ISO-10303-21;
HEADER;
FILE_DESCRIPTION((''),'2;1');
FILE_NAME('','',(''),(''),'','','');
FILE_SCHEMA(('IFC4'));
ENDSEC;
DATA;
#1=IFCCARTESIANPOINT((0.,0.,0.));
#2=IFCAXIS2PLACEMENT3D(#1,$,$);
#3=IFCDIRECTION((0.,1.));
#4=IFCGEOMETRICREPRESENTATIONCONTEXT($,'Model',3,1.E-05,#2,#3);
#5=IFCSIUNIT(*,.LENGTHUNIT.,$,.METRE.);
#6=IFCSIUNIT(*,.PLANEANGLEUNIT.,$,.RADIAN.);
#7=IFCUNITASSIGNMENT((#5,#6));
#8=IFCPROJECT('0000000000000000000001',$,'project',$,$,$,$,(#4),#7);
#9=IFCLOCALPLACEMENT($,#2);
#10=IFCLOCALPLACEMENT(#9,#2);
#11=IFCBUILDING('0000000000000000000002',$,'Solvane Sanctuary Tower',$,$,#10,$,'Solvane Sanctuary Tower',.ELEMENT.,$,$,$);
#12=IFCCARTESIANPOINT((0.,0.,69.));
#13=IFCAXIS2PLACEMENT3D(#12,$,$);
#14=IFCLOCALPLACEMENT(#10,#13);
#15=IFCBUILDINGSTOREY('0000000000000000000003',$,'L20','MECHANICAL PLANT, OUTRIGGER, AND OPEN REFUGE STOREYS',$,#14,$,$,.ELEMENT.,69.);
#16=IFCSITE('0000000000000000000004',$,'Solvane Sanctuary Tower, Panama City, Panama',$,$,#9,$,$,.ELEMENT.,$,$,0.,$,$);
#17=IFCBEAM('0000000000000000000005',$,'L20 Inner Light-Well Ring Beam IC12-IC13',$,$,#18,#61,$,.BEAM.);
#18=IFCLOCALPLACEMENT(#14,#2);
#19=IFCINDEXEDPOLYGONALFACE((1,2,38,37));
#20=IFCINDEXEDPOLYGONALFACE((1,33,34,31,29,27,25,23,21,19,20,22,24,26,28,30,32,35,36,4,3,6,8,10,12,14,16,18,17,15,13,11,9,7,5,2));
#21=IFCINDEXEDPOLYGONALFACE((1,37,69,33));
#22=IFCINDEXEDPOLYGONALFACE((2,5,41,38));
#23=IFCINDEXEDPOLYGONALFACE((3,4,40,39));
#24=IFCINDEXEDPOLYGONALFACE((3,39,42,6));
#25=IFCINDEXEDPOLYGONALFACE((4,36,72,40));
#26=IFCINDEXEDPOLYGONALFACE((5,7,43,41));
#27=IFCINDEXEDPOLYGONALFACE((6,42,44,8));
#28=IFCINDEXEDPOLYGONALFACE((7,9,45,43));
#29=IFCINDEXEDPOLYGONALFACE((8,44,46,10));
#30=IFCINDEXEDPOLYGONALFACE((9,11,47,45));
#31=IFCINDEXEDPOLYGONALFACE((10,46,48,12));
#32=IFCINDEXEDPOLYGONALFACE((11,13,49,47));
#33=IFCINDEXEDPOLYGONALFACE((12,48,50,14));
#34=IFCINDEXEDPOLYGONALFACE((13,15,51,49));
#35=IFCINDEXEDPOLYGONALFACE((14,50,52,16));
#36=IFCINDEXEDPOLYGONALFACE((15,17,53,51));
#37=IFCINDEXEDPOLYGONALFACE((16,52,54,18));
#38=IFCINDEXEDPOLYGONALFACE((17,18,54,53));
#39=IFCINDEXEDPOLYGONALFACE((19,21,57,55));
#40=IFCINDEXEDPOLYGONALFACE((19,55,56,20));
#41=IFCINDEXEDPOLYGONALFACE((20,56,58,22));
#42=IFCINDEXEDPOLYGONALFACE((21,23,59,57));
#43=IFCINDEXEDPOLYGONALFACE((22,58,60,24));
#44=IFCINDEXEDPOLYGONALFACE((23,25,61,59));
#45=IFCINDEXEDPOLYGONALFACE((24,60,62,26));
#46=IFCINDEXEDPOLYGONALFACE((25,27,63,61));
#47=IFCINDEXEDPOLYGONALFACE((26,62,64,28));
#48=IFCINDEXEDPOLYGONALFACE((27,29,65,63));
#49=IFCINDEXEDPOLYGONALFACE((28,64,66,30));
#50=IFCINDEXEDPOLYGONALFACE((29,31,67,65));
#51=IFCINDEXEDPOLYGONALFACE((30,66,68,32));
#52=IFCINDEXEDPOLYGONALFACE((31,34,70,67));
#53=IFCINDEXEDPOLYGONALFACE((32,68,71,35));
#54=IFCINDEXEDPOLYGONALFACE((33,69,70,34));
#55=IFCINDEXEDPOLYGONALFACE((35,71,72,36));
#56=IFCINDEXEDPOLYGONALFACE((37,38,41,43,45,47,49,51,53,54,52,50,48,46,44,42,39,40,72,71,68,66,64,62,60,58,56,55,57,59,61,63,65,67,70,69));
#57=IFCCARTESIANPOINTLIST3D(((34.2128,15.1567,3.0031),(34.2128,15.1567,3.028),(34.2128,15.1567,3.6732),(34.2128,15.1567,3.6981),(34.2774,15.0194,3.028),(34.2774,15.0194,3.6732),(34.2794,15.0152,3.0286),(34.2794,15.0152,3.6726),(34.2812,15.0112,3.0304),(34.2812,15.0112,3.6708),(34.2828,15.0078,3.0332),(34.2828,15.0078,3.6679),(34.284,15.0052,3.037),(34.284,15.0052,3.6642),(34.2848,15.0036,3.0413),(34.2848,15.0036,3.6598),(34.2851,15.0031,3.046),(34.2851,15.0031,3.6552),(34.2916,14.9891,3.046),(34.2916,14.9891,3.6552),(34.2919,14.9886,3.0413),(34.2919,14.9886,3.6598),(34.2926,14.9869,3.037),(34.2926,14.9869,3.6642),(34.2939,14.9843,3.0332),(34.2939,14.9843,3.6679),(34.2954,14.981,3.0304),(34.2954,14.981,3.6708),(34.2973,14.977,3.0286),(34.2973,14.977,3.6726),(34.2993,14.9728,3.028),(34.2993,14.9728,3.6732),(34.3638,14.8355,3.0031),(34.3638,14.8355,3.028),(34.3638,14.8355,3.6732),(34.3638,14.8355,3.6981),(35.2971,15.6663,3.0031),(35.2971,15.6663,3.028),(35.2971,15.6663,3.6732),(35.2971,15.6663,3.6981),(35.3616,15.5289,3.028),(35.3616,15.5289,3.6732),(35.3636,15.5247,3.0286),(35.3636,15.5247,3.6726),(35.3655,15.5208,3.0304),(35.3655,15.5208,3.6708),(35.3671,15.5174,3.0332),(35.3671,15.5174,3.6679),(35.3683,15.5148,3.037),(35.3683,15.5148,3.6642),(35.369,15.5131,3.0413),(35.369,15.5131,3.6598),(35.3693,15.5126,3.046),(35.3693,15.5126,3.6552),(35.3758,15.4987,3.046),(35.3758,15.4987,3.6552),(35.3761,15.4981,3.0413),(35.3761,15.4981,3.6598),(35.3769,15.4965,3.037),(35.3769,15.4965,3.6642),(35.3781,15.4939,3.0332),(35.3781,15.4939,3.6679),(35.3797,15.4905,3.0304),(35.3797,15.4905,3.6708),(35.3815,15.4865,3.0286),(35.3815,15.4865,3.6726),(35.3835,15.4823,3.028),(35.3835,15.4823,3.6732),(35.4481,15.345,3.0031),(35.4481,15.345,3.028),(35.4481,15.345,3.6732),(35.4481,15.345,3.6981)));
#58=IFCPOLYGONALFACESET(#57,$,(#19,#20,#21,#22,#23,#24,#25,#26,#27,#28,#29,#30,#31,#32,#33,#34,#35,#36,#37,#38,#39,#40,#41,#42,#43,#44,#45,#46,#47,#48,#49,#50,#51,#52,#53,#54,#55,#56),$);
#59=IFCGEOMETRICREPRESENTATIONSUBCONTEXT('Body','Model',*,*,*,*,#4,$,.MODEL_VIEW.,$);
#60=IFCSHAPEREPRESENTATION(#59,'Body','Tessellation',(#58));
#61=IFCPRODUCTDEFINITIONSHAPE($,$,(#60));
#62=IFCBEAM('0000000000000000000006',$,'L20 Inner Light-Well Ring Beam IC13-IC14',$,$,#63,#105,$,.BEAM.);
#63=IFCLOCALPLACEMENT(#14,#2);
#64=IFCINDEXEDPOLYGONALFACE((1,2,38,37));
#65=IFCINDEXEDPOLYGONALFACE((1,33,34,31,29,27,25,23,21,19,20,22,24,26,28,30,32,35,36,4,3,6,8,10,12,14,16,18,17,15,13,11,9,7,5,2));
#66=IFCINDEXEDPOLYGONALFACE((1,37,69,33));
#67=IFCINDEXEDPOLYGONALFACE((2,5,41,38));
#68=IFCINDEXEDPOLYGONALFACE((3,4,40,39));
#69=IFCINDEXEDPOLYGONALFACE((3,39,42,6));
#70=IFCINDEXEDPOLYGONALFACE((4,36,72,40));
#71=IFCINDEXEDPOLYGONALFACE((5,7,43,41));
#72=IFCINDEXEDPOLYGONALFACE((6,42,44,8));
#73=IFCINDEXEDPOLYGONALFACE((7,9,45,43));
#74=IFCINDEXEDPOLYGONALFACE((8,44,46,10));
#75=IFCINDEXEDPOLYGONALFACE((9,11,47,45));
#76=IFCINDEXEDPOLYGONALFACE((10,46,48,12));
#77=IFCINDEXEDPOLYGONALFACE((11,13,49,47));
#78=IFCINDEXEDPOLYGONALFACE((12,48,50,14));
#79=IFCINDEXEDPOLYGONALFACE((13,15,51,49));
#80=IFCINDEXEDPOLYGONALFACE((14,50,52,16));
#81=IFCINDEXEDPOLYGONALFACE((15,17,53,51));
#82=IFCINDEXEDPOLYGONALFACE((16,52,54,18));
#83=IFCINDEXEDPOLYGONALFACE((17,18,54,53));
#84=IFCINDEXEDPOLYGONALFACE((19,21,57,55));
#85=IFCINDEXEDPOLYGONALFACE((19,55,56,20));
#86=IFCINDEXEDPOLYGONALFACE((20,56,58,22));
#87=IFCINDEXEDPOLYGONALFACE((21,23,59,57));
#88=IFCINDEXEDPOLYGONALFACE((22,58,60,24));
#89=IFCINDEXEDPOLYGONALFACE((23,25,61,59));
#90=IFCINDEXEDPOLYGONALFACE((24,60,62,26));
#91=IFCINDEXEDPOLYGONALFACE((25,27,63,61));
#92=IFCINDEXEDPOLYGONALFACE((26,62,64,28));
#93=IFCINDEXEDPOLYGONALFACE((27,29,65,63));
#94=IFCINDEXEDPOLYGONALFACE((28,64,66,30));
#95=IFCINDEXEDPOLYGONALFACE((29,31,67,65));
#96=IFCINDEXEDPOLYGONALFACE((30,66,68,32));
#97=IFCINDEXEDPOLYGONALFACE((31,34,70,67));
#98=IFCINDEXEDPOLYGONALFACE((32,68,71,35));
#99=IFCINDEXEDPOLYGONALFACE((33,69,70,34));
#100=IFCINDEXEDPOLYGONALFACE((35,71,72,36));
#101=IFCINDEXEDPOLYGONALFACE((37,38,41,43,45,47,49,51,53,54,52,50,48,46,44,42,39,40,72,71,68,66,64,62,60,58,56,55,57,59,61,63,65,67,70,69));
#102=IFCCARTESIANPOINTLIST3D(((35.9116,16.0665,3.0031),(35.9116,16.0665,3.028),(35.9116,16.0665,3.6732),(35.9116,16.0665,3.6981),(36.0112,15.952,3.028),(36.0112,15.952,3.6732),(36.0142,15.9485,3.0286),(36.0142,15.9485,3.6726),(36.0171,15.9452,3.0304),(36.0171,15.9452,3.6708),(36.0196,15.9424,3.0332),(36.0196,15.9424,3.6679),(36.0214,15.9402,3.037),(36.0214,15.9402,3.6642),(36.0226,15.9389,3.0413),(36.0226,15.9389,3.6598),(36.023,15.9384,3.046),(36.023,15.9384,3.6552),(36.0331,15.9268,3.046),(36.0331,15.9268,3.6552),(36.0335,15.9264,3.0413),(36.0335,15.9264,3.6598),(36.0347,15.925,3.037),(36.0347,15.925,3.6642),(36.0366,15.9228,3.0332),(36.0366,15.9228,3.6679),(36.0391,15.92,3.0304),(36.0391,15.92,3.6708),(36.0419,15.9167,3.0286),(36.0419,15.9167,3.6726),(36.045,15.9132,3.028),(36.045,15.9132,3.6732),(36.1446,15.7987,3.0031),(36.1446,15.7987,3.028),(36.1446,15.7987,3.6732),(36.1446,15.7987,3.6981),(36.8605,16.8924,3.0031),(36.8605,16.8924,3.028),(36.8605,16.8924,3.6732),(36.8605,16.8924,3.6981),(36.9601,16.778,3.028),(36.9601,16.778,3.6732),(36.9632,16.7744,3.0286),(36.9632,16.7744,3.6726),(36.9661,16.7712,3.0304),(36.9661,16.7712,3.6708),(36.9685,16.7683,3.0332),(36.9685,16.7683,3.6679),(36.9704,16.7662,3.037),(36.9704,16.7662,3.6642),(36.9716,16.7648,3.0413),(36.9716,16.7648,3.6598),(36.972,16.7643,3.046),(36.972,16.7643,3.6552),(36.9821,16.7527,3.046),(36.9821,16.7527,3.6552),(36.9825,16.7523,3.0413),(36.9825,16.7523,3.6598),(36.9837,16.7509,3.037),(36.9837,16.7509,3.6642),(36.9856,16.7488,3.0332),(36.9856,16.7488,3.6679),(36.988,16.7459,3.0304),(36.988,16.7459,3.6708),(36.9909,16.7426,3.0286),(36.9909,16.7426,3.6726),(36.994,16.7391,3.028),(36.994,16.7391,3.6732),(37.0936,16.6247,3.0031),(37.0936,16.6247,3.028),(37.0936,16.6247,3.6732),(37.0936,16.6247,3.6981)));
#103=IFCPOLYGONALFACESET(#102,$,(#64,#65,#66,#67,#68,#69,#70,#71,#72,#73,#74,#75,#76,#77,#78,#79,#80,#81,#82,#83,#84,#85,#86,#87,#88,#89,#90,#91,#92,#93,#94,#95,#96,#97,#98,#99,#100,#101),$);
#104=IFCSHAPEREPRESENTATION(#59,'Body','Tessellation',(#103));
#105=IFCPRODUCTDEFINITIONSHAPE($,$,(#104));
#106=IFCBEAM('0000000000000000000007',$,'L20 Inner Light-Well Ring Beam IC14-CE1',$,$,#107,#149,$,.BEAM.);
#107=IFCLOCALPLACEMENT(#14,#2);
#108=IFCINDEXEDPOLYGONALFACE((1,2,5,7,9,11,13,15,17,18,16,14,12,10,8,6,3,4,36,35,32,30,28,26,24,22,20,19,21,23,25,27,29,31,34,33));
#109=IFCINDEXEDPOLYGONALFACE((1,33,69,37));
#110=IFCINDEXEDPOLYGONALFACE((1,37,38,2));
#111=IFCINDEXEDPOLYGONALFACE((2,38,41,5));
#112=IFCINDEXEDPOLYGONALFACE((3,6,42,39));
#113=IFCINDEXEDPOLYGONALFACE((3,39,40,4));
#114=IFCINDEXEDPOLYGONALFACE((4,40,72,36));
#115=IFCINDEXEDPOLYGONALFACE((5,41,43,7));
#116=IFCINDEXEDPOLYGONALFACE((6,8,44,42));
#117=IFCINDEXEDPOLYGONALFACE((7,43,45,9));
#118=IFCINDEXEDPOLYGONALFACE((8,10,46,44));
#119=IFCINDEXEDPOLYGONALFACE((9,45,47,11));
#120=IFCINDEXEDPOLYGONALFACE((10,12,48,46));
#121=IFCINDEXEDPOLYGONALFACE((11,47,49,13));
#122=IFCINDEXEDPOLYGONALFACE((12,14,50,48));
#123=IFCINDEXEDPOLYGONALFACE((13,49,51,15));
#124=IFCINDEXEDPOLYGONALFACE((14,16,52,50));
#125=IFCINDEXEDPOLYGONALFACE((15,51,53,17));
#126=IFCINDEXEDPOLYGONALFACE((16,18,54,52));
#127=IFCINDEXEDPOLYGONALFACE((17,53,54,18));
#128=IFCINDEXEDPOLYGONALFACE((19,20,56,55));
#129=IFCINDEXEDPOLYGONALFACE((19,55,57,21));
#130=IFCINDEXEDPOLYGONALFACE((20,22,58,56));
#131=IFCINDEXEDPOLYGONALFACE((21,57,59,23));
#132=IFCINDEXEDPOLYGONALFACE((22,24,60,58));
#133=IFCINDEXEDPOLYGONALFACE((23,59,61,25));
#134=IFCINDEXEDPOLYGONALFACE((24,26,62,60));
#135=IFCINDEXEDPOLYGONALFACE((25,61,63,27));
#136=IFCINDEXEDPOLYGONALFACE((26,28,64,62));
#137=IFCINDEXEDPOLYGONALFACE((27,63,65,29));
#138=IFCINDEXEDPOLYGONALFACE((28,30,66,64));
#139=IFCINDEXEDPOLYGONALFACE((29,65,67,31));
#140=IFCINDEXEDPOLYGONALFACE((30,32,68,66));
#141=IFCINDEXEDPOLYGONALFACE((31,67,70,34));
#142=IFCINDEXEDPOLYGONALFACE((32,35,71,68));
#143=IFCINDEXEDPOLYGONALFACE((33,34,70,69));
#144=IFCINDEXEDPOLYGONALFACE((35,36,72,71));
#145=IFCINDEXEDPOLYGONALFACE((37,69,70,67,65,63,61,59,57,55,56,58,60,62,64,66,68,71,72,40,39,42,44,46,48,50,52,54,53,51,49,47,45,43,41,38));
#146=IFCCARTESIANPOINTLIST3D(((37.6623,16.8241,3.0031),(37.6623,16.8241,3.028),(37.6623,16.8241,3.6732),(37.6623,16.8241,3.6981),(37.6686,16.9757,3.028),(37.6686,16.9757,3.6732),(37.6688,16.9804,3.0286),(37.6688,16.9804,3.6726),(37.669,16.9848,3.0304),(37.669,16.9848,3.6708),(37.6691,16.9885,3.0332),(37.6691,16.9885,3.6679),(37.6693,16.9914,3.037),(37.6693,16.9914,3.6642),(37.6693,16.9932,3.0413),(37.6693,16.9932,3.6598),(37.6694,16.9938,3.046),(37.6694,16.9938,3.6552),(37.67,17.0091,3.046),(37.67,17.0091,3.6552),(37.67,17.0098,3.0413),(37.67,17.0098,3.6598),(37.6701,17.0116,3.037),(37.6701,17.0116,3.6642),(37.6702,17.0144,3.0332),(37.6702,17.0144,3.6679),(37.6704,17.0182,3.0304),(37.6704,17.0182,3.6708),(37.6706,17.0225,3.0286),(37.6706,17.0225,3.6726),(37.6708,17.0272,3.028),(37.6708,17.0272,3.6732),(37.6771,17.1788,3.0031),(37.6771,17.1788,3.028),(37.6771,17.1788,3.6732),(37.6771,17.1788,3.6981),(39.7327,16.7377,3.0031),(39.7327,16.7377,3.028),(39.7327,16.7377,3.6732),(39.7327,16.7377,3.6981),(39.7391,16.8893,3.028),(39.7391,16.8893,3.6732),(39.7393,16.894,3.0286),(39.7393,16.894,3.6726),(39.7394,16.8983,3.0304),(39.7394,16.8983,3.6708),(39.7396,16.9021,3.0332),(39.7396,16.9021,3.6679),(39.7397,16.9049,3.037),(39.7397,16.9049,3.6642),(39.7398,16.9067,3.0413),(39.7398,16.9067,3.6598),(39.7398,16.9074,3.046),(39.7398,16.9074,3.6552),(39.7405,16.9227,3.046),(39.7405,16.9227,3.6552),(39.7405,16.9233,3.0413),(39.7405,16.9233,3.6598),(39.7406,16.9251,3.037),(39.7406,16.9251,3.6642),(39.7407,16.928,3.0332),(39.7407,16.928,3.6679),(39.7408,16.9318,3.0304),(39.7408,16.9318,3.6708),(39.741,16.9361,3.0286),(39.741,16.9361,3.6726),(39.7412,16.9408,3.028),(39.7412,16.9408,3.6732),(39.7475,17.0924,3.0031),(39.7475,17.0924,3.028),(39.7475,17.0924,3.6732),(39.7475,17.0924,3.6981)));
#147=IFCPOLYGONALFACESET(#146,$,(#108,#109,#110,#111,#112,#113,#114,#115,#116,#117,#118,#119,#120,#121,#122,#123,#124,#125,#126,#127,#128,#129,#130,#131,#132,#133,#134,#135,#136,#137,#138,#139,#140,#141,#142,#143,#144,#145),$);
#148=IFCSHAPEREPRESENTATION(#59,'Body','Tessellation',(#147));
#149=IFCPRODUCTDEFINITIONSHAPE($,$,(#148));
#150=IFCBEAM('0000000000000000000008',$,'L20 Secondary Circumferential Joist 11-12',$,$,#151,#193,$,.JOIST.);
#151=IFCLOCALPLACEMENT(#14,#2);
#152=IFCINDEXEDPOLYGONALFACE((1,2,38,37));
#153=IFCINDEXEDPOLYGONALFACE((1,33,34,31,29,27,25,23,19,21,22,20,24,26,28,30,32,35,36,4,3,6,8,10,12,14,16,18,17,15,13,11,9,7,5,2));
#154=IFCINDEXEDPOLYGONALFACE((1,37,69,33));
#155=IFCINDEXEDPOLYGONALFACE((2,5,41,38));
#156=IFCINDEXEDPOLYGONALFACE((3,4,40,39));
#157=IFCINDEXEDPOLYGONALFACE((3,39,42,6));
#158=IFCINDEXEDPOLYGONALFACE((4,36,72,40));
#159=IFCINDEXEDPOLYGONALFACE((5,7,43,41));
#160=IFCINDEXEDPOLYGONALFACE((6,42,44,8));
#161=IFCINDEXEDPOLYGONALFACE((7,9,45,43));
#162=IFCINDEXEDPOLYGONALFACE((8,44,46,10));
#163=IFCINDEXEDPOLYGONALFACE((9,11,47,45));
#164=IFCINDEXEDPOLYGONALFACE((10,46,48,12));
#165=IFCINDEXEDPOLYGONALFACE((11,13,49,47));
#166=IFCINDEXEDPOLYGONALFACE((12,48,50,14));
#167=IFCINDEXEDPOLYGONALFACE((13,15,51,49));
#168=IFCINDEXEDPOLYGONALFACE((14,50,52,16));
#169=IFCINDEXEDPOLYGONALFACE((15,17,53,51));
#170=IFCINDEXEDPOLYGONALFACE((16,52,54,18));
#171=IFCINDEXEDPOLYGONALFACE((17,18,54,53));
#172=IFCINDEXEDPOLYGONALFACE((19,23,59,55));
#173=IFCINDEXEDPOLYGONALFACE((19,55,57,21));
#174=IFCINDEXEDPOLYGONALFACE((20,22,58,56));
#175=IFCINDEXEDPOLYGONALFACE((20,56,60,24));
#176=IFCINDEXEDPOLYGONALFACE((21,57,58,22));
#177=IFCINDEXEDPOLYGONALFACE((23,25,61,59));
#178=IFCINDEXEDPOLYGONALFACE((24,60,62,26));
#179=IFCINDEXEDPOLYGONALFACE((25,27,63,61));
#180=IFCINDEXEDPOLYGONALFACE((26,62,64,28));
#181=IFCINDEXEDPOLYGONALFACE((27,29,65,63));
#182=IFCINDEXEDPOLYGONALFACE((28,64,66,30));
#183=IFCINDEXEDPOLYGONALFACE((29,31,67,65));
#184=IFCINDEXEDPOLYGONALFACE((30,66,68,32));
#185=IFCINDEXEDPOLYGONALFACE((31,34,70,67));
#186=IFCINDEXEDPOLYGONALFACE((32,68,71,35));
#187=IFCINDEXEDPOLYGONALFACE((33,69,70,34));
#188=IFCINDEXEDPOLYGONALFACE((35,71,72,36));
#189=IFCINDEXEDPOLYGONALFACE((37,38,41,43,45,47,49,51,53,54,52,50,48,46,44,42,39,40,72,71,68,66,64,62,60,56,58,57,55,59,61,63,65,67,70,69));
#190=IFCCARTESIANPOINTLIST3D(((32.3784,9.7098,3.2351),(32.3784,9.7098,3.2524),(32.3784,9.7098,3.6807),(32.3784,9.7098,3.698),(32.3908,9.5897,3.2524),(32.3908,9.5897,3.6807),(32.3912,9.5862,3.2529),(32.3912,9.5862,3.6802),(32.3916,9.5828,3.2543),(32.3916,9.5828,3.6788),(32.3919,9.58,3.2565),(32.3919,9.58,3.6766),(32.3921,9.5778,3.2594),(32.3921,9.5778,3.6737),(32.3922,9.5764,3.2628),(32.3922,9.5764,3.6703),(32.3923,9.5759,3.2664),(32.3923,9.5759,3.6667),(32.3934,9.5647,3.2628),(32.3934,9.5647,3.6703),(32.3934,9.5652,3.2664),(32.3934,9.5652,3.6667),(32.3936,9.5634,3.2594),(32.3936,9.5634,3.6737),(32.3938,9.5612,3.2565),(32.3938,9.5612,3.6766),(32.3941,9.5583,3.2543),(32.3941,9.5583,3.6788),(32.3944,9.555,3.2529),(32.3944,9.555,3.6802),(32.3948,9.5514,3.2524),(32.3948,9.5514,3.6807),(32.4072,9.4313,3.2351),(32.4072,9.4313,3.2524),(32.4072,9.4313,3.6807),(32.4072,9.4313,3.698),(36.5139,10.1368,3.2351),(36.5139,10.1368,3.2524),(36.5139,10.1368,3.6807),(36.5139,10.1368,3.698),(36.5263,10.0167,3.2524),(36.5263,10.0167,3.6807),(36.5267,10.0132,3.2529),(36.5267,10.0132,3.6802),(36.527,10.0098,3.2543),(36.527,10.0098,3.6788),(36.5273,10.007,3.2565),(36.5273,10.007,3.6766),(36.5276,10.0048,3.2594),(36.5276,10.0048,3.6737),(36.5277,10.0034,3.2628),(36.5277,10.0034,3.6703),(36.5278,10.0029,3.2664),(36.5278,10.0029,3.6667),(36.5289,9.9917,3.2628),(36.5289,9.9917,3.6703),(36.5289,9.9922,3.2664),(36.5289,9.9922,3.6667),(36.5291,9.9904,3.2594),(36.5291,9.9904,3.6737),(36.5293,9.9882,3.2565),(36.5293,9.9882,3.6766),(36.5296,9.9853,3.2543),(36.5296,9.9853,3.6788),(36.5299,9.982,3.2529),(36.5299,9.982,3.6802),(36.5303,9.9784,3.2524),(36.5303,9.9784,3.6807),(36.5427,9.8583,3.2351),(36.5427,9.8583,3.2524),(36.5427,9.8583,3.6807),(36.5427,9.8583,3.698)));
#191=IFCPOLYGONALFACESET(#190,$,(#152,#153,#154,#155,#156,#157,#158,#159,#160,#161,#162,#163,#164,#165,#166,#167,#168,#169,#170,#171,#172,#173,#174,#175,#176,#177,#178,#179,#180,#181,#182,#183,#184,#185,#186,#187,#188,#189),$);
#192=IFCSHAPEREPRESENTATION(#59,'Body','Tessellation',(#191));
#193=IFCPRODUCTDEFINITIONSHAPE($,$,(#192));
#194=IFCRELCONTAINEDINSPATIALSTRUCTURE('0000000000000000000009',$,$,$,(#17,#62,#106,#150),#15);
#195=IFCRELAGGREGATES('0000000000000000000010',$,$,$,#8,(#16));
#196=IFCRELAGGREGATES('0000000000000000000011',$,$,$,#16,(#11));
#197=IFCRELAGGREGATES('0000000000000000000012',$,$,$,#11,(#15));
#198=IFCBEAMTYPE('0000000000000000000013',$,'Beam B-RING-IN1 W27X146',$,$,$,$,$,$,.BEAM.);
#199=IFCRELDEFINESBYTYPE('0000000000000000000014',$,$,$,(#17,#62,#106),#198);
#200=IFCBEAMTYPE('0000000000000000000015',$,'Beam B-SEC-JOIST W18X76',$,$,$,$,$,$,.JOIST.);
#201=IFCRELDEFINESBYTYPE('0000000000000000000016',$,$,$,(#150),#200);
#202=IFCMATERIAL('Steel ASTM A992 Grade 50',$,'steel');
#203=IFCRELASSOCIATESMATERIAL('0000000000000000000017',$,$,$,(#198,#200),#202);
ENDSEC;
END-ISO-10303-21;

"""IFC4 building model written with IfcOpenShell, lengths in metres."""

from ifc_helpers import new_model, si_unit, direction, frame, origin, origin_2d, place, context, subcontext, project, spatial, i_section, extrude, material, material_profile, profile_set, type_object, element, save


model = new_model("IFC4")

# Units and contexts
model_context = context("Model", 3, precision=1e-05, world=origin(), true_north=direction((0.0, 1.0)))
body_context = subcontext(model_context, "Body", "Model", "MODEL_VIEW")
ifc_project = project(units=[si_unit("LENGTHUNIT", "METRE"), si_unit("PLANEANGLEUNIT", "RADIAN")], contexts=[model_context])

# Site, building, storey
site_placement = place(None, origin())
site = spatial("IfcSite", under=ifc_project, at=site_placement, Name="Solvane Sanctuary Tower, Panama City, Panama", CompositionType="ELEMENT", RefElevation=0.0)
building_placement = place(site_placement, origin())
building = spatial("IfcBuilding", under=site, at=building_placement, Name="Solvane Sanctuary Tower", LongName="Solvane Sanctuary Tower", CompositionType="ELEMENT")
storey_placement = place(building_placement, frame((0.0, 0.0, 69.0)))
storey = spatial("IfcBuildingStorey", under=building, at=storey_placement, Name="L20", Description="MECHANICAL PLANT, OUTRIGGER, AND OPEN REFUGE STOREYS", CompositionType="ELEMENT", Elevation=69.0)

# Beams
ifc_material_1 = material(Name="Steel ASTM A992 Grade 50", Category="steel")
ifc_material_profile_1 = material_profile(ifc_material_1, i_section(OverallWidth=0.355, OverallDepth=0.6951, WebThickness=0.0154, FlangeThickness=0.0249, FilletRadius=0.0181, at=origin_2d()), Name="W27X146")
ifc_profile_set_1 = profile_set([ifc_material_profile_1], Name="Steel ASTM A992 Grade 50")
beam_type_1 = type_object("IfcBeamType", Name="Beam B-RING-IN1 W27X146", PredefinedType="BEAM", material=ifc_profile_set_1)
beam_1_placement = place(storey_placement, frame((34.2883, 14.9961, 3.3506), z_axis=(0.905045, 0.425316, 0.0), x_axis=(-0.425316, 0.905045, 0.0)))
element("IfcBeam", 1, at=beam_1_placement, inside=storey, type_object=beam_type_1, Name="L20 Inner Light-Well Ring Beam IC12-IC13", PredefinedType="BEAM", context=body_context, shape_type="SweptSolid", body=[
    extrude(i_section(OverallWidth=0.355, OverallDepth=0.6951, WebThickness=0.0154, FlangeThickness=0.0249, FilletRadius=0.0181, at=origin_2d()), origin(), (0.0, 0.0, 1.0), 1.198),
])
beam_2_placement = place(storey_placement, frame((36.0281, 15.9326, 3.3506), z_axis=(0.754317, 0.65651, 0.0), x_axis=(-0.65651, 0.754317, 0.0)))
element("IfcBeam", 2, at=beam_2_placement, inside=storey, type_object=beam_type_1, Name="L20 Inner Light-Well Ring Beam IC13-IC14", PredefinedType="BEAM", context=body_context, shape_type="SweptSolid", body=[
    extrude(i_section(OverallWidth=0.355, OverallDepth=0.6951, WebThickness=0.0154, FlangeThickness=0.0249, FilletRadius=0.0181, at=origin_2d()), origin(), (0.0, 0.0, 1.0), 1.2581),
])
beam_3_placement = place(storey_placement, frame((37.6697, 17.0015, 3.3506), z_axis=(0.99913, -0.041704, 0.0), x_axis=(0.041704, 0.99913, 0.0)))
element("IfcBeam", 3, at=beam_3_placement, inside=storey, type_object=beam_type_1, Name="L20 Inner Light-Well Ring Beam IC14-CE1", PredefinedType="BEAM", context=body_context, shape_type="SweptSolid", body=[
    extrude(i_section(OverallWidth=0.355, OverallDepth=0.6951, WebThickness=0.0154, FlangeThickness=0.0249, FilletRadius=0.0181, at=origin_2d()), origin(), (0.0, 0.0, 1.0), 2.0723),
])
ifc_material_profile_2 = material_profile(ifc_material_1, i_section(OverallWidth=0.28, OverallDepth=0.4629, WebThickness=0.0107, FlangeThickness=0.0173, FilletRadius=0.0139, at=origin_2d()), Name="W18X76")
ifc_profile_set_2 = profile_set([ifc_material_profile_2], Name="Steel ASTM A992 Grade 50")
beam_type_2 = type_object("IfcBeamType", Name="Beam B-SEC-JOIST W18X76", PredefinedType="JOIST", material=ifc_profile_set_2)
beam_4_placement = place(storey_placement, frame((32.3928, 9.5706, 3.4666), z_axis=(0.994712, 0.102707, 0.0), x_axis=(-0.102707, 0.994712, 0.0)))
element("IfcBeam", 4, at=beam_4_placement, inside=storey, type_object=beam_type_2, Name="L20 Secondary Circumferential Joist 11-12", PredefinedType="JOIST", context=body_context, shape_type="SweptSolid", body=[
    extrude(i_section(OverallWidth=0.28, OverallDepth=0.4629, WebThickness=0.0107, FlangeThickness=0.0173, FilletRadius=0.0139, at=origin_2d()), origin(), (0.0, 0.0, 1.0), 4.1575),
])

save(model, "model.ifc")
